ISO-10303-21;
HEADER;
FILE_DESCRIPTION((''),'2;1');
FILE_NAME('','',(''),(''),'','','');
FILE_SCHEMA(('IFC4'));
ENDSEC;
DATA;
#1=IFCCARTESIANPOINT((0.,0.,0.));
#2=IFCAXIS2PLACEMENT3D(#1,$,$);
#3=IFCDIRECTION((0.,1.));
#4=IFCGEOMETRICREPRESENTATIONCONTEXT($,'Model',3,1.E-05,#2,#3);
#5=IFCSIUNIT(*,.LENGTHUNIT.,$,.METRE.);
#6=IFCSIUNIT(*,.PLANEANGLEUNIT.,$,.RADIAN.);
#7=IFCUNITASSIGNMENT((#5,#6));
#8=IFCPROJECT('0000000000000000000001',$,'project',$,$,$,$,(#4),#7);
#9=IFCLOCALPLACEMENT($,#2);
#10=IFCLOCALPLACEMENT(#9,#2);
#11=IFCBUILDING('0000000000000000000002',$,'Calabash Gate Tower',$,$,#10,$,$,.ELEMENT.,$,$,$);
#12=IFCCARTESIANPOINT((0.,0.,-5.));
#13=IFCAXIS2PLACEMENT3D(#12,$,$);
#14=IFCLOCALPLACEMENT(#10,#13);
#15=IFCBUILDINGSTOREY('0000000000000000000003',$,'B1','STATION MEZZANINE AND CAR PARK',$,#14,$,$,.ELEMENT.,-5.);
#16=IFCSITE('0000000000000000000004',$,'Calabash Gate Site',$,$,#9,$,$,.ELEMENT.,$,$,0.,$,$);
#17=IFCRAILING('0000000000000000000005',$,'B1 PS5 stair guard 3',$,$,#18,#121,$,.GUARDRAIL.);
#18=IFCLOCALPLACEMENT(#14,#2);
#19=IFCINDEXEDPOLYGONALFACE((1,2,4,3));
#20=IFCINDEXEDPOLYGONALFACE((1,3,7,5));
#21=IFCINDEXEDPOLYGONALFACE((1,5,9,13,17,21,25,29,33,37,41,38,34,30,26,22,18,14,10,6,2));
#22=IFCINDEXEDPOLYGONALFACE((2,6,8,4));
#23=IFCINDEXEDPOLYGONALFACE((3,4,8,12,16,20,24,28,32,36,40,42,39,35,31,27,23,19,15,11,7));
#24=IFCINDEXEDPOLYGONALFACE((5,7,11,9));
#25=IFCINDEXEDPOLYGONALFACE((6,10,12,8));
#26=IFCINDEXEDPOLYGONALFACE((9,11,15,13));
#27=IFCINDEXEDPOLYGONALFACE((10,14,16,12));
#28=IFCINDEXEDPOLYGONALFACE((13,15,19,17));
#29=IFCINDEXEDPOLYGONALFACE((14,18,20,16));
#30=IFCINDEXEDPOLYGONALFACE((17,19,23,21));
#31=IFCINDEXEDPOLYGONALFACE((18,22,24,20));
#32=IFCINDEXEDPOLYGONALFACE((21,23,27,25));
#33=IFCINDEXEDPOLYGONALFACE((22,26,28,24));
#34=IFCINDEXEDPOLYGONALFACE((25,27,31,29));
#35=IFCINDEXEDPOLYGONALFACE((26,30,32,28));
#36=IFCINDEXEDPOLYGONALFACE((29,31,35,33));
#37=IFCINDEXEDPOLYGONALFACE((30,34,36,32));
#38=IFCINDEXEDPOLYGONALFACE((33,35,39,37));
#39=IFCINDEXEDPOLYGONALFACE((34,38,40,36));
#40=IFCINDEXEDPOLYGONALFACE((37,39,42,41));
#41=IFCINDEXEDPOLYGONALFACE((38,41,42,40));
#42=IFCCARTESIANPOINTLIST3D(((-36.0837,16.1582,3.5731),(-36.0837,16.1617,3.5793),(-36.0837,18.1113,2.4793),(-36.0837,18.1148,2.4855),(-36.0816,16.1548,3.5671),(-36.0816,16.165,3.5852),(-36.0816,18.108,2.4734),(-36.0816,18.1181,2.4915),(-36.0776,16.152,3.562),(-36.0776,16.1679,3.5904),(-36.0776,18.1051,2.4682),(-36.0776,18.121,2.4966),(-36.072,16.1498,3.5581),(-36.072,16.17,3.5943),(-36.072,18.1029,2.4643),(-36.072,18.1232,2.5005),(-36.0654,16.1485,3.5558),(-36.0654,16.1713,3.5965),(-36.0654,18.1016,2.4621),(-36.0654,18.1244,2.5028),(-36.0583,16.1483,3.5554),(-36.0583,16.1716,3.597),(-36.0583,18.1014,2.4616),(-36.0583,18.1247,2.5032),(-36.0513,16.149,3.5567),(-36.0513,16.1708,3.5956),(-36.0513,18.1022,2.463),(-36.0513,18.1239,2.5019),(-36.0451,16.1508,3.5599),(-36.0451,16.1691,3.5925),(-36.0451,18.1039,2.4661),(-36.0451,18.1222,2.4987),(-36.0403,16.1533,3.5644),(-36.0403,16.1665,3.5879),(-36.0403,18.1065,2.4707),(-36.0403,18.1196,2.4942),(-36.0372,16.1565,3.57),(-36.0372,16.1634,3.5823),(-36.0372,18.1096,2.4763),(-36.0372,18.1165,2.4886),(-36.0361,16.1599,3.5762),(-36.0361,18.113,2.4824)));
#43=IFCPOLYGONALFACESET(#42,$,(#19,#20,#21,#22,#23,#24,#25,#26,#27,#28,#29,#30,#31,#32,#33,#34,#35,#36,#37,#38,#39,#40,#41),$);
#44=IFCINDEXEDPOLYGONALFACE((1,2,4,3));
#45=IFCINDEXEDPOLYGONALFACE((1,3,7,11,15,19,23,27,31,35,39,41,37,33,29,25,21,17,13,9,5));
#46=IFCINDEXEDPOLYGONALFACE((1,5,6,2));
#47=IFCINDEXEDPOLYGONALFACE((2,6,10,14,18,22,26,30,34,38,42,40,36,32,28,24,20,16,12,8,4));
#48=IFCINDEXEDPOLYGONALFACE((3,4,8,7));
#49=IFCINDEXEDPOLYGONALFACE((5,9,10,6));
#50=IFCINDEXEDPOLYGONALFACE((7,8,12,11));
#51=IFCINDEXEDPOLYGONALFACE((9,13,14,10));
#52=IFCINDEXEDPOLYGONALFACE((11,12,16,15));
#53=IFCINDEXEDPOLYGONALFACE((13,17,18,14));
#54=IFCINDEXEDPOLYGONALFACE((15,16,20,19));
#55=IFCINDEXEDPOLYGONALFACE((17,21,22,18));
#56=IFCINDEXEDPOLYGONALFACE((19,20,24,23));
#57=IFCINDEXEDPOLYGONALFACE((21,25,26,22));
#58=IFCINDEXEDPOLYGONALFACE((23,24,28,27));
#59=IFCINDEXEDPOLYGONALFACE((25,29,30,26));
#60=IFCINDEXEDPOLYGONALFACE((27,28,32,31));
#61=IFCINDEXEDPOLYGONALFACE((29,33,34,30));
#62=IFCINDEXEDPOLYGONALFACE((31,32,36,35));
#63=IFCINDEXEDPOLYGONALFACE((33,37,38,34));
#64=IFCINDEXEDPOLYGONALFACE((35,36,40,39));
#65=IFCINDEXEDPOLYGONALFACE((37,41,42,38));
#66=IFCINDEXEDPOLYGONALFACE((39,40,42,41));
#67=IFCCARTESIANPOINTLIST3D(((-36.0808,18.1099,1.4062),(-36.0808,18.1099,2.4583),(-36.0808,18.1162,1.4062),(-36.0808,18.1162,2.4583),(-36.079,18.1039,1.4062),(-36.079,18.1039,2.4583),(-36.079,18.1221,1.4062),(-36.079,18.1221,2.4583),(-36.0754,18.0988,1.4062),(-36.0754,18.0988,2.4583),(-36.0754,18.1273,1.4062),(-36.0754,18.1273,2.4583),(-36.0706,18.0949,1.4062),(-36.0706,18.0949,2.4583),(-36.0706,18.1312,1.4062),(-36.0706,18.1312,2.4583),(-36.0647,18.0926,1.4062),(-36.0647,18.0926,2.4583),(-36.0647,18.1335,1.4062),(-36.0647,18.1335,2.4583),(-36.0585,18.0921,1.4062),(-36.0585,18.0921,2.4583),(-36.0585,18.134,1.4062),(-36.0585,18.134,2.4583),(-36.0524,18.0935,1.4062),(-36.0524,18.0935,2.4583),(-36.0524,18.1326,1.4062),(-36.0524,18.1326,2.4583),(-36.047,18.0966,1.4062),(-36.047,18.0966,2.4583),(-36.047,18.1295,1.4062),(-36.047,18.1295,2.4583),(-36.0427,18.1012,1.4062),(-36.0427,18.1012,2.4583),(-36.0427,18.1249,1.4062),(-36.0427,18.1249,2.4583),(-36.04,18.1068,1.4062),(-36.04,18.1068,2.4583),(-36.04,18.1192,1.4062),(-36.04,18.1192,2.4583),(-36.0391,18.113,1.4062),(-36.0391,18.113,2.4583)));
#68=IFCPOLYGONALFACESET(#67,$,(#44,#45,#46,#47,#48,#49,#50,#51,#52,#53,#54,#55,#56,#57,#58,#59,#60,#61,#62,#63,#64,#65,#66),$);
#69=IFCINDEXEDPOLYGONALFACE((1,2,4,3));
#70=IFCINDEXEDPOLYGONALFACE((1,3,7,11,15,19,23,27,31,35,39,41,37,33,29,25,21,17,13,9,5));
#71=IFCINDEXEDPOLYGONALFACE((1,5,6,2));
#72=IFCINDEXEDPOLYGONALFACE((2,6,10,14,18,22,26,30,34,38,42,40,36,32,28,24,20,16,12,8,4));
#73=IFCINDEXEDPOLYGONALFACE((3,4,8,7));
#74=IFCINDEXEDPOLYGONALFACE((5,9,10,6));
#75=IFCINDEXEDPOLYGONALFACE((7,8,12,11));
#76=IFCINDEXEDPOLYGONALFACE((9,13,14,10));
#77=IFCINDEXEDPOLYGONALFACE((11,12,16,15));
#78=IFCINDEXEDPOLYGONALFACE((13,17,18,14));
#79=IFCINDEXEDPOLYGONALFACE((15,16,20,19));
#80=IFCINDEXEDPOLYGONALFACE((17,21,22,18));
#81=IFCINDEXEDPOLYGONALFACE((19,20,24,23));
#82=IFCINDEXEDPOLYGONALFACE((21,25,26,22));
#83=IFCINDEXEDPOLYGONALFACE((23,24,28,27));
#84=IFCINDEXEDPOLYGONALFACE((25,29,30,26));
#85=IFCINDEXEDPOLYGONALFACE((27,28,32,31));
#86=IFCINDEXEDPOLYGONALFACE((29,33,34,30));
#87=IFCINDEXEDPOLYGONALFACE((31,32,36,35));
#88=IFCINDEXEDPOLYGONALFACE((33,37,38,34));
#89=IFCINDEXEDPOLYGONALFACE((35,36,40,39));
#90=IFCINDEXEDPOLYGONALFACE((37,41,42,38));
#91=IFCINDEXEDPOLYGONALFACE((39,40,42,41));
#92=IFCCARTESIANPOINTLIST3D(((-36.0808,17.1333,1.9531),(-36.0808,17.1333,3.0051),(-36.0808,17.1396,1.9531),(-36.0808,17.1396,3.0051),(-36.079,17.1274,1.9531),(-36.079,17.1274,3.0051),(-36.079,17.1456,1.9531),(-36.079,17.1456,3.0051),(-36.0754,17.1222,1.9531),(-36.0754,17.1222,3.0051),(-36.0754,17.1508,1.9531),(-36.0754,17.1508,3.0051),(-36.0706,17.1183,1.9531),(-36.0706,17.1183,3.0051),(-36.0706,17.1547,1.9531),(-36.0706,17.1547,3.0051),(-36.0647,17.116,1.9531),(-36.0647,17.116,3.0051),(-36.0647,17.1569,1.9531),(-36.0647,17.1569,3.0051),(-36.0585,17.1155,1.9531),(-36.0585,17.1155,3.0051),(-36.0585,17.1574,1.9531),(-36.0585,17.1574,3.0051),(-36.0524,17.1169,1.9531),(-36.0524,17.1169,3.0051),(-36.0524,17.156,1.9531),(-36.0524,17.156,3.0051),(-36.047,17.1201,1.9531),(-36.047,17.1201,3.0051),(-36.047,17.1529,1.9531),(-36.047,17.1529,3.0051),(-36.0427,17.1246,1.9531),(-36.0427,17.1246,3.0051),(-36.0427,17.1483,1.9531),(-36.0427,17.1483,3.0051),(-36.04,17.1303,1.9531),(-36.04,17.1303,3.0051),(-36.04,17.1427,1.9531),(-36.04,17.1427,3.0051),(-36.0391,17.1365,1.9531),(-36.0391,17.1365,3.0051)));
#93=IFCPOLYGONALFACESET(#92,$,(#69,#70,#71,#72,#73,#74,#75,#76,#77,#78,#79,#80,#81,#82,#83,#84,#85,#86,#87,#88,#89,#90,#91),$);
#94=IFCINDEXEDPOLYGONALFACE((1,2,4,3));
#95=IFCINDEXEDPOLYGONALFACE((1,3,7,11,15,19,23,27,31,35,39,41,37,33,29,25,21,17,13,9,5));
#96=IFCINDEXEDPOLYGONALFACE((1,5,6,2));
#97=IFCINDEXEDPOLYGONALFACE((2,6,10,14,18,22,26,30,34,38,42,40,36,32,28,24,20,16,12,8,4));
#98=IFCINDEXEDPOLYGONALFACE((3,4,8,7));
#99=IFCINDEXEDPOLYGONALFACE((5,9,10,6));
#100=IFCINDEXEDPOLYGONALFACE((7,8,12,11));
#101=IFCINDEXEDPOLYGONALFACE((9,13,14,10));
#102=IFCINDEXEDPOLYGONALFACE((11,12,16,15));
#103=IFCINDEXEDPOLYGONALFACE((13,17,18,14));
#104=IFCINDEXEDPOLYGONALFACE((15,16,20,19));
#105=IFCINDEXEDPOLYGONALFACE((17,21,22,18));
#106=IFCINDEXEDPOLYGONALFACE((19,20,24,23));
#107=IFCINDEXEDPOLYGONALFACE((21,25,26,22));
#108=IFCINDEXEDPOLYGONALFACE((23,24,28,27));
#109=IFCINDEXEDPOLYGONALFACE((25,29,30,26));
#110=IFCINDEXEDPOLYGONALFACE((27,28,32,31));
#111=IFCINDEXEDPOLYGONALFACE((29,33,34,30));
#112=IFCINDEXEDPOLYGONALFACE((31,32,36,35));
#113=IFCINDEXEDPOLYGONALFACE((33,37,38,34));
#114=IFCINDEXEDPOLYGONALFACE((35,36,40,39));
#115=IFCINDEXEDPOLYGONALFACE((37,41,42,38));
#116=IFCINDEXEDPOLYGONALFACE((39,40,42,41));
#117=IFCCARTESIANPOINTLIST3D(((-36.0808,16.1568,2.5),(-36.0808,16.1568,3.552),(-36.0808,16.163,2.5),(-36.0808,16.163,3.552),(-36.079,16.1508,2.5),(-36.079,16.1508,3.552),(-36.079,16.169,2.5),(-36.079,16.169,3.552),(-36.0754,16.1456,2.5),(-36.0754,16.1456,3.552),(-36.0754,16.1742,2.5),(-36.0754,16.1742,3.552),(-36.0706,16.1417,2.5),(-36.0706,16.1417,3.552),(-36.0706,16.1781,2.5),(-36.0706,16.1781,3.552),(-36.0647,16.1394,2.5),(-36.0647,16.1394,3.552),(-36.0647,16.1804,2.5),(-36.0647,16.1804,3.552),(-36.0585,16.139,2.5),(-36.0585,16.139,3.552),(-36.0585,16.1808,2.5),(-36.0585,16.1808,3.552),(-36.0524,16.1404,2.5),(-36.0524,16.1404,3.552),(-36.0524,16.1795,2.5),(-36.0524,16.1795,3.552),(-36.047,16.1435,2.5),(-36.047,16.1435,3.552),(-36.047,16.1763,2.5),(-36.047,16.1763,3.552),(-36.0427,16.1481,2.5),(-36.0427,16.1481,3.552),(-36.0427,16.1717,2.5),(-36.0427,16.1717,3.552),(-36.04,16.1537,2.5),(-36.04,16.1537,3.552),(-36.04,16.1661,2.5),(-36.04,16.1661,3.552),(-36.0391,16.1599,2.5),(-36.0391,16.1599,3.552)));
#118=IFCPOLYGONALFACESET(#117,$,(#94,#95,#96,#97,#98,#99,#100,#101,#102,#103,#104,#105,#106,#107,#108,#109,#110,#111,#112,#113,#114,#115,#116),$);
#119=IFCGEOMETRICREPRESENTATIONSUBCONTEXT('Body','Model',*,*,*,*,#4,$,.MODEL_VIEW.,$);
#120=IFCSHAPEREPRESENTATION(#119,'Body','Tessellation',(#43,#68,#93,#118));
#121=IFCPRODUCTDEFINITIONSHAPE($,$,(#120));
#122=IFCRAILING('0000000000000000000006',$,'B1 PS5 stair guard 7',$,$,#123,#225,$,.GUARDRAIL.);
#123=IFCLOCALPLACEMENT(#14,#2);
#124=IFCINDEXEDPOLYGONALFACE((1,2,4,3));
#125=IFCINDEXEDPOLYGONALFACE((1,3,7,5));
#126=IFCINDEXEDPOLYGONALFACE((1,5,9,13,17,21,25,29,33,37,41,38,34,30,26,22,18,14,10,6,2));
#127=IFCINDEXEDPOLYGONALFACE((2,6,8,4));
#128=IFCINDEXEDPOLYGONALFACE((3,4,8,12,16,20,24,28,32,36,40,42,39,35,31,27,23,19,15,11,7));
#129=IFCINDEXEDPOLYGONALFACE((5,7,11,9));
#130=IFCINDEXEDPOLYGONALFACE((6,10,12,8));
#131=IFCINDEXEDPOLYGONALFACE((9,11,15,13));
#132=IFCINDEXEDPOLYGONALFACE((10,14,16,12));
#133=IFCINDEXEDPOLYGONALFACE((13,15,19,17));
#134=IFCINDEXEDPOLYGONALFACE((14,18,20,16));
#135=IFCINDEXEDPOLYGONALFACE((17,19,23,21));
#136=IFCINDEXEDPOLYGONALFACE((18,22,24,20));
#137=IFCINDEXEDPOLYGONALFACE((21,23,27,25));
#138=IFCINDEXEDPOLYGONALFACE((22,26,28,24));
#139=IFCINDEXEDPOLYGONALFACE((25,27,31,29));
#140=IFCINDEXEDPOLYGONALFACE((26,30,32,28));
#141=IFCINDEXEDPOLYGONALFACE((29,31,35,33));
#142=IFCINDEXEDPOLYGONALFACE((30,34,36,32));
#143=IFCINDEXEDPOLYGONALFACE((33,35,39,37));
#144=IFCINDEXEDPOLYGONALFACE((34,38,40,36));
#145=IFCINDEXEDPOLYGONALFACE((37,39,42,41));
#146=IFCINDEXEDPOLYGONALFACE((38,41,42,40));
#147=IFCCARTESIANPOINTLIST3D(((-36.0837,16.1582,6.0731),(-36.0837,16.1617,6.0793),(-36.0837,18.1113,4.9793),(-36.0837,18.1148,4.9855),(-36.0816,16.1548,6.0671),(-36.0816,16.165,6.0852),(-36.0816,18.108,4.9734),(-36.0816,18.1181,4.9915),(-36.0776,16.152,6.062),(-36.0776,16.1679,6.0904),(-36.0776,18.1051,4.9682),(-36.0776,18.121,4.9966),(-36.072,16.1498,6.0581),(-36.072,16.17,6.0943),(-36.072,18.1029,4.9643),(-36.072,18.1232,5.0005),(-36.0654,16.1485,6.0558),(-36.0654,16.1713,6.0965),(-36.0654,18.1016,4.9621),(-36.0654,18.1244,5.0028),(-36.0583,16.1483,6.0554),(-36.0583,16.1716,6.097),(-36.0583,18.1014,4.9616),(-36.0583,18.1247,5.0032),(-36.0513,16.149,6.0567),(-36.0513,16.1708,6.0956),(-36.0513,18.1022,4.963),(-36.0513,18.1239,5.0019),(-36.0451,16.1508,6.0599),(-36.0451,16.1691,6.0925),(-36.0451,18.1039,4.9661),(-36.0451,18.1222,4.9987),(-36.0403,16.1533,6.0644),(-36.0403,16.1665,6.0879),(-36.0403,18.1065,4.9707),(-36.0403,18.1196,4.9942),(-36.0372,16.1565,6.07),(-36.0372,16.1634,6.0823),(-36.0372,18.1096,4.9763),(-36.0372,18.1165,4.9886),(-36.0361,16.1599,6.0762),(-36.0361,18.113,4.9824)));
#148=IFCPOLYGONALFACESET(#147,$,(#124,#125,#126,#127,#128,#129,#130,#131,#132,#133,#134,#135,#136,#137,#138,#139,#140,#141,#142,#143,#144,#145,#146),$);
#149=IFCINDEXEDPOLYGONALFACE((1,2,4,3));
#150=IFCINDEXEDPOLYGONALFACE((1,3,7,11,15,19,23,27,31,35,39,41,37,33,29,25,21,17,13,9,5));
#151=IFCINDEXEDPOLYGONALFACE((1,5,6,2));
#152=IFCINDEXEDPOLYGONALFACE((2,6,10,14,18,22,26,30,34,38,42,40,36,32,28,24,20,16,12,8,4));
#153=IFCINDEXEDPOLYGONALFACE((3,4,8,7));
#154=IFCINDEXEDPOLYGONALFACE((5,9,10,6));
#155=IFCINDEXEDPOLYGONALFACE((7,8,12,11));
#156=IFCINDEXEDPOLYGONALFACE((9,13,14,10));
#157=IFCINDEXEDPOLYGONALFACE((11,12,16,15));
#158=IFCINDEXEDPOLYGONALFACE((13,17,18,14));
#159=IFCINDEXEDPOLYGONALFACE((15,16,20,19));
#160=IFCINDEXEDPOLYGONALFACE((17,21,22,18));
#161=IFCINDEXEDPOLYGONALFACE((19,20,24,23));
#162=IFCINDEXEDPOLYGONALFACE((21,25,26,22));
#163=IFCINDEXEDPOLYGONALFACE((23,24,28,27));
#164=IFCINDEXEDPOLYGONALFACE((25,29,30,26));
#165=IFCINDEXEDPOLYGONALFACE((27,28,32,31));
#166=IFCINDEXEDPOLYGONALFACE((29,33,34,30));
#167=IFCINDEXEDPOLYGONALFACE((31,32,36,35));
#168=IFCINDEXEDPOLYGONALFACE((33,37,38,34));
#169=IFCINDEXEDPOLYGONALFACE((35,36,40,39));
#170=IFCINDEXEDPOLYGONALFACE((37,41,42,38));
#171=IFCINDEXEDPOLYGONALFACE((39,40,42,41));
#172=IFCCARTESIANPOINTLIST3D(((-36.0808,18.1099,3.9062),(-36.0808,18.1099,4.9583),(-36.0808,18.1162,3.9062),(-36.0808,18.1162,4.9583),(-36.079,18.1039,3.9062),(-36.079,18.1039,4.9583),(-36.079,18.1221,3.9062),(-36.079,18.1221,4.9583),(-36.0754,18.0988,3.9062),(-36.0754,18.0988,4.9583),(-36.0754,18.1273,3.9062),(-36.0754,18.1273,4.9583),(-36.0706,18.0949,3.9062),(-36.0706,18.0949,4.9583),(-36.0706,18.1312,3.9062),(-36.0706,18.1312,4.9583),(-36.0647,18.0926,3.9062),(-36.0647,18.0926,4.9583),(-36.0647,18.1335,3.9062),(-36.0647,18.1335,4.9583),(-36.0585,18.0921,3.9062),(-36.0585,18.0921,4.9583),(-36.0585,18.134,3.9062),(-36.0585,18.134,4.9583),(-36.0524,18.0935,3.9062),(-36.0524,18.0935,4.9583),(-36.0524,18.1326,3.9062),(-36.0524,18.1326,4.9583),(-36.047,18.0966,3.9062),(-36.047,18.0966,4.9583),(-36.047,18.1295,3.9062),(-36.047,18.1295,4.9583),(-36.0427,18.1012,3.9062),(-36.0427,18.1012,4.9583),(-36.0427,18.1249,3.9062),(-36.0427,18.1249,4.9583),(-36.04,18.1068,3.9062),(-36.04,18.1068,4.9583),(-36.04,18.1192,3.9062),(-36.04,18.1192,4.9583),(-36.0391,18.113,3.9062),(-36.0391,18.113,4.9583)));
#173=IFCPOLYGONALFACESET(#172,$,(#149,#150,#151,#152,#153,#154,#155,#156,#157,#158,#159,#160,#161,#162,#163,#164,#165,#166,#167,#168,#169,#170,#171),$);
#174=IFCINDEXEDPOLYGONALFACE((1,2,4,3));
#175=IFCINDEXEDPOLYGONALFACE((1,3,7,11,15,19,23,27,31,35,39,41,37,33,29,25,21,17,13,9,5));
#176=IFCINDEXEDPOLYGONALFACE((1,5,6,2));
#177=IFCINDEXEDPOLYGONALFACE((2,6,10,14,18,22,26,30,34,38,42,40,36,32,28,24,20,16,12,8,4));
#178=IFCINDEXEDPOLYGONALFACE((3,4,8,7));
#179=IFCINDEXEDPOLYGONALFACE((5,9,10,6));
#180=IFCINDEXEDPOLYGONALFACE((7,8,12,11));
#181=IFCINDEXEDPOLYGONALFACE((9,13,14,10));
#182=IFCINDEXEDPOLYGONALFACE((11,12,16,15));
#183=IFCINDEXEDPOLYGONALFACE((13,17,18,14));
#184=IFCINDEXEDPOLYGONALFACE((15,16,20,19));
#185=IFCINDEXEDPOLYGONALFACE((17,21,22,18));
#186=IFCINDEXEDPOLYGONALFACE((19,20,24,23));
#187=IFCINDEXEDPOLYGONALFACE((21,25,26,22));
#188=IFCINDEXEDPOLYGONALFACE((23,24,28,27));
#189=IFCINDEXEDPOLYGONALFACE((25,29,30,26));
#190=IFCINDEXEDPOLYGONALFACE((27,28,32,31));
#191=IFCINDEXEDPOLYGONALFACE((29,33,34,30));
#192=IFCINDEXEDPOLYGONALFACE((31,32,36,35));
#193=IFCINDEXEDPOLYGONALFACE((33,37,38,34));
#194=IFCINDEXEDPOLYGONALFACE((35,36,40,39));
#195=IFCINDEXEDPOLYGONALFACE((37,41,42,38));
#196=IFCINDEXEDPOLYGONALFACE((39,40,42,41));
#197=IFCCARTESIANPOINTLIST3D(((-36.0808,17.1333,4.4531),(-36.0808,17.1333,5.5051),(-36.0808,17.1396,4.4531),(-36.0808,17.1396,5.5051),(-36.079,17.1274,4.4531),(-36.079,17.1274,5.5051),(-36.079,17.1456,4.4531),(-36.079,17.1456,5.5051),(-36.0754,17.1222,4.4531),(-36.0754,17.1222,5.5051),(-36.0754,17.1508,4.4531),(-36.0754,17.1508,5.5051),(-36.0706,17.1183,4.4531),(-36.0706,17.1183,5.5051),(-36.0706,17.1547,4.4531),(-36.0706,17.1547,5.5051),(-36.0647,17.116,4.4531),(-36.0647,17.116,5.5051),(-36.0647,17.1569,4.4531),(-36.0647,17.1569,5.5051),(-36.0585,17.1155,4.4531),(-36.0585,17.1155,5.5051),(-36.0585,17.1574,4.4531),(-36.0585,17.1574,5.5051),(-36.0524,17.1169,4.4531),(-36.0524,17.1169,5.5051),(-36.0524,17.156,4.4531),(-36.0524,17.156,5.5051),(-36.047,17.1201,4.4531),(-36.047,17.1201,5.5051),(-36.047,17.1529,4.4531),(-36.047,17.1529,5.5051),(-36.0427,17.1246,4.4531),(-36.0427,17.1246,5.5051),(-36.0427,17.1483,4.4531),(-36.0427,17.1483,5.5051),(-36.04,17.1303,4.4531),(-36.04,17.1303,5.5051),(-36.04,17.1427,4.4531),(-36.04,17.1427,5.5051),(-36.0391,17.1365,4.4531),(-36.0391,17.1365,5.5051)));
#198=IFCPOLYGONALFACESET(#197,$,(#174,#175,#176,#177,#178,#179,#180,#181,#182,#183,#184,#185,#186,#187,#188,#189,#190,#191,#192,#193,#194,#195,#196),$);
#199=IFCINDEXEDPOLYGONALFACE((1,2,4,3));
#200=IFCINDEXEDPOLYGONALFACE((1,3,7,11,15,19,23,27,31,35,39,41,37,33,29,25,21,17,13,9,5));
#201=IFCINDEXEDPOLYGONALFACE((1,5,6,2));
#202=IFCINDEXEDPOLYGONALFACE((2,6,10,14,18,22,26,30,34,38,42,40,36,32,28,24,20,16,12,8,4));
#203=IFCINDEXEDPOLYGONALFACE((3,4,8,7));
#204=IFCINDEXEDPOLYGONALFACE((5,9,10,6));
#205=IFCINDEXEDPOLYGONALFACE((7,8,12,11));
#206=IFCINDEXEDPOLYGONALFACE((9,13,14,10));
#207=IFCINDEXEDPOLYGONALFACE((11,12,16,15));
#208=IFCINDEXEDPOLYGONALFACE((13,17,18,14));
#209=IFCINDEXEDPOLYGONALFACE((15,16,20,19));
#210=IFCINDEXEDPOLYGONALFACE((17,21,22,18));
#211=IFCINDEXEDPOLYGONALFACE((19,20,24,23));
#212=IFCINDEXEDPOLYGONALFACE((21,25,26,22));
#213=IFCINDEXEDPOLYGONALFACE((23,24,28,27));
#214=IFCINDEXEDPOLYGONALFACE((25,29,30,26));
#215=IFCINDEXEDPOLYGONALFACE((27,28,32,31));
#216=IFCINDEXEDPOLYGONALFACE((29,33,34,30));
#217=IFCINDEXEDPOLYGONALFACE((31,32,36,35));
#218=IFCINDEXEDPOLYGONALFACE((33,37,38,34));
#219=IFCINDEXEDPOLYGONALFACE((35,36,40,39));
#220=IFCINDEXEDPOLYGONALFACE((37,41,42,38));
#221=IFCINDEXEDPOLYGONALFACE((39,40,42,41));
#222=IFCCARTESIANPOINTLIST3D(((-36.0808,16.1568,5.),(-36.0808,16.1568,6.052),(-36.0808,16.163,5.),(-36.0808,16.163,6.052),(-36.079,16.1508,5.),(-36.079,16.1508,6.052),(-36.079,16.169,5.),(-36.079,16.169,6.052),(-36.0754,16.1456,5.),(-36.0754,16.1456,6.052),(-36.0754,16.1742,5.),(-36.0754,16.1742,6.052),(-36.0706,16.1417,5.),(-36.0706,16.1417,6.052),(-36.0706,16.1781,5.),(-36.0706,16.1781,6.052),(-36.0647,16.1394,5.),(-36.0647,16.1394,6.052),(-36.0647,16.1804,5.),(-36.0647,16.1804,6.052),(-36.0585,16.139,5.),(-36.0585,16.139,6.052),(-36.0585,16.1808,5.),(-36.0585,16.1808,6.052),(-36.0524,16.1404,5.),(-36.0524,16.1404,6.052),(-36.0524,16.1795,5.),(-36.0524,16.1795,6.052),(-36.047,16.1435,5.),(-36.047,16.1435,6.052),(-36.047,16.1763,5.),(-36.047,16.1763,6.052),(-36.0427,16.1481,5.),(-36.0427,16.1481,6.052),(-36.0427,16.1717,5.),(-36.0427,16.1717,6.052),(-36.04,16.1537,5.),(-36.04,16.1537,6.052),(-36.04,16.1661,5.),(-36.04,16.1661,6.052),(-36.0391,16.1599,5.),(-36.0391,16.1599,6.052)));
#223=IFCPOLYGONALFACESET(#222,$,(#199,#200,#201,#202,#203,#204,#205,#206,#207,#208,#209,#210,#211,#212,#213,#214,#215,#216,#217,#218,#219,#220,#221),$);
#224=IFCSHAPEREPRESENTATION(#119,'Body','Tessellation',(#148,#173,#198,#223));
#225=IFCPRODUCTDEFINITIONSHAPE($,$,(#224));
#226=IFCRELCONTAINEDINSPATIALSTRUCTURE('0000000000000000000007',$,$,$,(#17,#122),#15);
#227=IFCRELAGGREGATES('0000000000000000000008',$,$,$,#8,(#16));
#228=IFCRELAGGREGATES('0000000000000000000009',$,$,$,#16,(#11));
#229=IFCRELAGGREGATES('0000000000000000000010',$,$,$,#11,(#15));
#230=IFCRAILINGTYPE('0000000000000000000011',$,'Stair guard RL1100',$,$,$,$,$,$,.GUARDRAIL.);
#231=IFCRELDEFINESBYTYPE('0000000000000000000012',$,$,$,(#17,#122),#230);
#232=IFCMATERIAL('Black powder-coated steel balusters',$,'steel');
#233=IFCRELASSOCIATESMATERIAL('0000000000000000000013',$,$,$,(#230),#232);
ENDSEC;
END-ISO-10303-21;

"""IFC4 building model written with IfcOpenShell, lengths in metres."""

from ifc_helpers import new_model, si_unit, direction, frame, origin, origin_2d, place, context, subcontext, project, spatial, circle, extrude, material, type_object, element, save


model = new_model("IFC4")

# Units and contexts
model_context = context("Model", 3, precision=1e-05, world=origin(), true_north=direction((0.0, 1.0)))
body_context = subcontext(model_context, "Body", "Model", "MODEL_VIEW")
ifc_project = project(units=[si_unit("LENGTHUNIT", "METRE"), si_unit("PLANEANGLEUNIT", "RADIAN")], contexts=[model_context])

# Site, building, storey
site_placement = place(None, origin())
site = spatial("IfcSite", under=ifc_project, at=site_placement, Name="Calabash Gate Site", CompositionType="ELEMENT", RefElevation=0.0)
building_placement = place(site_placement, origin())
building = spatial("IfcBuilding", under=site, at=building_placement, Name="Calabash Gate Tower", CompositionType="ELEMENT")
storey_placement = place(building_placement, frame((0.0, 0.0, -5.0)))
storey = spatial("IfcBuildingStorey", under=building, at=storey_placement, Name="B1", Description="STATION MEZZANINE AND CAR PARK", CompositionType="ELEMENT", Elevation=-5.0)

# Railings
ifc_material_1 = material(Name="Black powder-coated steel balusters", Category="steel")
railing_type_1 = type_object("IfcRailingType", Name="Stair guard RL1100", PredefinedType="GUARDRAIL", material=ifc_material_1)
for number, where, name in (
    (1, (-36.0601, 18.113, 1.4062), "B1 PS5 stair guard 3"),
    (2, (-36.0601, 18.113, 3.9062), "B1 PS5 stair guard 7"),
):
    element("IfcRailing", number, at=place(storey_placement, frame(where)), inside=storey, type_object=railing_type_1, Name=name, PredefinedType="GUARDRAIL", context=body_context, shape_type="SweptSolid", body=[
        extrude(circle(Radius=0.0239, at=origin_2d()), frame((0.0, 0.0, 1.0762), z_axis=(0.0, -0.872506, 0.488603), x_axis=(1.0, 0.0, 0.0)), (0.0, 0.0, 1.0), 2.2385),
        extrude(circle(Radius=0.021, at=origin_2d()), origin(), (0.0, 0.0, 1.0), 1.052),
        extrude(circle(Radius=0.021, at=origin_2d()), frame((0.0, -0.9766, 0.5469)), (0.0, 0.0, 1.0), 1.052),
        extrude(circle(Radius=0.021, at=origin_2d()), frame((0.0, -1.9531, 1.0938)), (0.0, 0.0, 1.0), 1.052),
    ])

save(model, "model.ifc")
